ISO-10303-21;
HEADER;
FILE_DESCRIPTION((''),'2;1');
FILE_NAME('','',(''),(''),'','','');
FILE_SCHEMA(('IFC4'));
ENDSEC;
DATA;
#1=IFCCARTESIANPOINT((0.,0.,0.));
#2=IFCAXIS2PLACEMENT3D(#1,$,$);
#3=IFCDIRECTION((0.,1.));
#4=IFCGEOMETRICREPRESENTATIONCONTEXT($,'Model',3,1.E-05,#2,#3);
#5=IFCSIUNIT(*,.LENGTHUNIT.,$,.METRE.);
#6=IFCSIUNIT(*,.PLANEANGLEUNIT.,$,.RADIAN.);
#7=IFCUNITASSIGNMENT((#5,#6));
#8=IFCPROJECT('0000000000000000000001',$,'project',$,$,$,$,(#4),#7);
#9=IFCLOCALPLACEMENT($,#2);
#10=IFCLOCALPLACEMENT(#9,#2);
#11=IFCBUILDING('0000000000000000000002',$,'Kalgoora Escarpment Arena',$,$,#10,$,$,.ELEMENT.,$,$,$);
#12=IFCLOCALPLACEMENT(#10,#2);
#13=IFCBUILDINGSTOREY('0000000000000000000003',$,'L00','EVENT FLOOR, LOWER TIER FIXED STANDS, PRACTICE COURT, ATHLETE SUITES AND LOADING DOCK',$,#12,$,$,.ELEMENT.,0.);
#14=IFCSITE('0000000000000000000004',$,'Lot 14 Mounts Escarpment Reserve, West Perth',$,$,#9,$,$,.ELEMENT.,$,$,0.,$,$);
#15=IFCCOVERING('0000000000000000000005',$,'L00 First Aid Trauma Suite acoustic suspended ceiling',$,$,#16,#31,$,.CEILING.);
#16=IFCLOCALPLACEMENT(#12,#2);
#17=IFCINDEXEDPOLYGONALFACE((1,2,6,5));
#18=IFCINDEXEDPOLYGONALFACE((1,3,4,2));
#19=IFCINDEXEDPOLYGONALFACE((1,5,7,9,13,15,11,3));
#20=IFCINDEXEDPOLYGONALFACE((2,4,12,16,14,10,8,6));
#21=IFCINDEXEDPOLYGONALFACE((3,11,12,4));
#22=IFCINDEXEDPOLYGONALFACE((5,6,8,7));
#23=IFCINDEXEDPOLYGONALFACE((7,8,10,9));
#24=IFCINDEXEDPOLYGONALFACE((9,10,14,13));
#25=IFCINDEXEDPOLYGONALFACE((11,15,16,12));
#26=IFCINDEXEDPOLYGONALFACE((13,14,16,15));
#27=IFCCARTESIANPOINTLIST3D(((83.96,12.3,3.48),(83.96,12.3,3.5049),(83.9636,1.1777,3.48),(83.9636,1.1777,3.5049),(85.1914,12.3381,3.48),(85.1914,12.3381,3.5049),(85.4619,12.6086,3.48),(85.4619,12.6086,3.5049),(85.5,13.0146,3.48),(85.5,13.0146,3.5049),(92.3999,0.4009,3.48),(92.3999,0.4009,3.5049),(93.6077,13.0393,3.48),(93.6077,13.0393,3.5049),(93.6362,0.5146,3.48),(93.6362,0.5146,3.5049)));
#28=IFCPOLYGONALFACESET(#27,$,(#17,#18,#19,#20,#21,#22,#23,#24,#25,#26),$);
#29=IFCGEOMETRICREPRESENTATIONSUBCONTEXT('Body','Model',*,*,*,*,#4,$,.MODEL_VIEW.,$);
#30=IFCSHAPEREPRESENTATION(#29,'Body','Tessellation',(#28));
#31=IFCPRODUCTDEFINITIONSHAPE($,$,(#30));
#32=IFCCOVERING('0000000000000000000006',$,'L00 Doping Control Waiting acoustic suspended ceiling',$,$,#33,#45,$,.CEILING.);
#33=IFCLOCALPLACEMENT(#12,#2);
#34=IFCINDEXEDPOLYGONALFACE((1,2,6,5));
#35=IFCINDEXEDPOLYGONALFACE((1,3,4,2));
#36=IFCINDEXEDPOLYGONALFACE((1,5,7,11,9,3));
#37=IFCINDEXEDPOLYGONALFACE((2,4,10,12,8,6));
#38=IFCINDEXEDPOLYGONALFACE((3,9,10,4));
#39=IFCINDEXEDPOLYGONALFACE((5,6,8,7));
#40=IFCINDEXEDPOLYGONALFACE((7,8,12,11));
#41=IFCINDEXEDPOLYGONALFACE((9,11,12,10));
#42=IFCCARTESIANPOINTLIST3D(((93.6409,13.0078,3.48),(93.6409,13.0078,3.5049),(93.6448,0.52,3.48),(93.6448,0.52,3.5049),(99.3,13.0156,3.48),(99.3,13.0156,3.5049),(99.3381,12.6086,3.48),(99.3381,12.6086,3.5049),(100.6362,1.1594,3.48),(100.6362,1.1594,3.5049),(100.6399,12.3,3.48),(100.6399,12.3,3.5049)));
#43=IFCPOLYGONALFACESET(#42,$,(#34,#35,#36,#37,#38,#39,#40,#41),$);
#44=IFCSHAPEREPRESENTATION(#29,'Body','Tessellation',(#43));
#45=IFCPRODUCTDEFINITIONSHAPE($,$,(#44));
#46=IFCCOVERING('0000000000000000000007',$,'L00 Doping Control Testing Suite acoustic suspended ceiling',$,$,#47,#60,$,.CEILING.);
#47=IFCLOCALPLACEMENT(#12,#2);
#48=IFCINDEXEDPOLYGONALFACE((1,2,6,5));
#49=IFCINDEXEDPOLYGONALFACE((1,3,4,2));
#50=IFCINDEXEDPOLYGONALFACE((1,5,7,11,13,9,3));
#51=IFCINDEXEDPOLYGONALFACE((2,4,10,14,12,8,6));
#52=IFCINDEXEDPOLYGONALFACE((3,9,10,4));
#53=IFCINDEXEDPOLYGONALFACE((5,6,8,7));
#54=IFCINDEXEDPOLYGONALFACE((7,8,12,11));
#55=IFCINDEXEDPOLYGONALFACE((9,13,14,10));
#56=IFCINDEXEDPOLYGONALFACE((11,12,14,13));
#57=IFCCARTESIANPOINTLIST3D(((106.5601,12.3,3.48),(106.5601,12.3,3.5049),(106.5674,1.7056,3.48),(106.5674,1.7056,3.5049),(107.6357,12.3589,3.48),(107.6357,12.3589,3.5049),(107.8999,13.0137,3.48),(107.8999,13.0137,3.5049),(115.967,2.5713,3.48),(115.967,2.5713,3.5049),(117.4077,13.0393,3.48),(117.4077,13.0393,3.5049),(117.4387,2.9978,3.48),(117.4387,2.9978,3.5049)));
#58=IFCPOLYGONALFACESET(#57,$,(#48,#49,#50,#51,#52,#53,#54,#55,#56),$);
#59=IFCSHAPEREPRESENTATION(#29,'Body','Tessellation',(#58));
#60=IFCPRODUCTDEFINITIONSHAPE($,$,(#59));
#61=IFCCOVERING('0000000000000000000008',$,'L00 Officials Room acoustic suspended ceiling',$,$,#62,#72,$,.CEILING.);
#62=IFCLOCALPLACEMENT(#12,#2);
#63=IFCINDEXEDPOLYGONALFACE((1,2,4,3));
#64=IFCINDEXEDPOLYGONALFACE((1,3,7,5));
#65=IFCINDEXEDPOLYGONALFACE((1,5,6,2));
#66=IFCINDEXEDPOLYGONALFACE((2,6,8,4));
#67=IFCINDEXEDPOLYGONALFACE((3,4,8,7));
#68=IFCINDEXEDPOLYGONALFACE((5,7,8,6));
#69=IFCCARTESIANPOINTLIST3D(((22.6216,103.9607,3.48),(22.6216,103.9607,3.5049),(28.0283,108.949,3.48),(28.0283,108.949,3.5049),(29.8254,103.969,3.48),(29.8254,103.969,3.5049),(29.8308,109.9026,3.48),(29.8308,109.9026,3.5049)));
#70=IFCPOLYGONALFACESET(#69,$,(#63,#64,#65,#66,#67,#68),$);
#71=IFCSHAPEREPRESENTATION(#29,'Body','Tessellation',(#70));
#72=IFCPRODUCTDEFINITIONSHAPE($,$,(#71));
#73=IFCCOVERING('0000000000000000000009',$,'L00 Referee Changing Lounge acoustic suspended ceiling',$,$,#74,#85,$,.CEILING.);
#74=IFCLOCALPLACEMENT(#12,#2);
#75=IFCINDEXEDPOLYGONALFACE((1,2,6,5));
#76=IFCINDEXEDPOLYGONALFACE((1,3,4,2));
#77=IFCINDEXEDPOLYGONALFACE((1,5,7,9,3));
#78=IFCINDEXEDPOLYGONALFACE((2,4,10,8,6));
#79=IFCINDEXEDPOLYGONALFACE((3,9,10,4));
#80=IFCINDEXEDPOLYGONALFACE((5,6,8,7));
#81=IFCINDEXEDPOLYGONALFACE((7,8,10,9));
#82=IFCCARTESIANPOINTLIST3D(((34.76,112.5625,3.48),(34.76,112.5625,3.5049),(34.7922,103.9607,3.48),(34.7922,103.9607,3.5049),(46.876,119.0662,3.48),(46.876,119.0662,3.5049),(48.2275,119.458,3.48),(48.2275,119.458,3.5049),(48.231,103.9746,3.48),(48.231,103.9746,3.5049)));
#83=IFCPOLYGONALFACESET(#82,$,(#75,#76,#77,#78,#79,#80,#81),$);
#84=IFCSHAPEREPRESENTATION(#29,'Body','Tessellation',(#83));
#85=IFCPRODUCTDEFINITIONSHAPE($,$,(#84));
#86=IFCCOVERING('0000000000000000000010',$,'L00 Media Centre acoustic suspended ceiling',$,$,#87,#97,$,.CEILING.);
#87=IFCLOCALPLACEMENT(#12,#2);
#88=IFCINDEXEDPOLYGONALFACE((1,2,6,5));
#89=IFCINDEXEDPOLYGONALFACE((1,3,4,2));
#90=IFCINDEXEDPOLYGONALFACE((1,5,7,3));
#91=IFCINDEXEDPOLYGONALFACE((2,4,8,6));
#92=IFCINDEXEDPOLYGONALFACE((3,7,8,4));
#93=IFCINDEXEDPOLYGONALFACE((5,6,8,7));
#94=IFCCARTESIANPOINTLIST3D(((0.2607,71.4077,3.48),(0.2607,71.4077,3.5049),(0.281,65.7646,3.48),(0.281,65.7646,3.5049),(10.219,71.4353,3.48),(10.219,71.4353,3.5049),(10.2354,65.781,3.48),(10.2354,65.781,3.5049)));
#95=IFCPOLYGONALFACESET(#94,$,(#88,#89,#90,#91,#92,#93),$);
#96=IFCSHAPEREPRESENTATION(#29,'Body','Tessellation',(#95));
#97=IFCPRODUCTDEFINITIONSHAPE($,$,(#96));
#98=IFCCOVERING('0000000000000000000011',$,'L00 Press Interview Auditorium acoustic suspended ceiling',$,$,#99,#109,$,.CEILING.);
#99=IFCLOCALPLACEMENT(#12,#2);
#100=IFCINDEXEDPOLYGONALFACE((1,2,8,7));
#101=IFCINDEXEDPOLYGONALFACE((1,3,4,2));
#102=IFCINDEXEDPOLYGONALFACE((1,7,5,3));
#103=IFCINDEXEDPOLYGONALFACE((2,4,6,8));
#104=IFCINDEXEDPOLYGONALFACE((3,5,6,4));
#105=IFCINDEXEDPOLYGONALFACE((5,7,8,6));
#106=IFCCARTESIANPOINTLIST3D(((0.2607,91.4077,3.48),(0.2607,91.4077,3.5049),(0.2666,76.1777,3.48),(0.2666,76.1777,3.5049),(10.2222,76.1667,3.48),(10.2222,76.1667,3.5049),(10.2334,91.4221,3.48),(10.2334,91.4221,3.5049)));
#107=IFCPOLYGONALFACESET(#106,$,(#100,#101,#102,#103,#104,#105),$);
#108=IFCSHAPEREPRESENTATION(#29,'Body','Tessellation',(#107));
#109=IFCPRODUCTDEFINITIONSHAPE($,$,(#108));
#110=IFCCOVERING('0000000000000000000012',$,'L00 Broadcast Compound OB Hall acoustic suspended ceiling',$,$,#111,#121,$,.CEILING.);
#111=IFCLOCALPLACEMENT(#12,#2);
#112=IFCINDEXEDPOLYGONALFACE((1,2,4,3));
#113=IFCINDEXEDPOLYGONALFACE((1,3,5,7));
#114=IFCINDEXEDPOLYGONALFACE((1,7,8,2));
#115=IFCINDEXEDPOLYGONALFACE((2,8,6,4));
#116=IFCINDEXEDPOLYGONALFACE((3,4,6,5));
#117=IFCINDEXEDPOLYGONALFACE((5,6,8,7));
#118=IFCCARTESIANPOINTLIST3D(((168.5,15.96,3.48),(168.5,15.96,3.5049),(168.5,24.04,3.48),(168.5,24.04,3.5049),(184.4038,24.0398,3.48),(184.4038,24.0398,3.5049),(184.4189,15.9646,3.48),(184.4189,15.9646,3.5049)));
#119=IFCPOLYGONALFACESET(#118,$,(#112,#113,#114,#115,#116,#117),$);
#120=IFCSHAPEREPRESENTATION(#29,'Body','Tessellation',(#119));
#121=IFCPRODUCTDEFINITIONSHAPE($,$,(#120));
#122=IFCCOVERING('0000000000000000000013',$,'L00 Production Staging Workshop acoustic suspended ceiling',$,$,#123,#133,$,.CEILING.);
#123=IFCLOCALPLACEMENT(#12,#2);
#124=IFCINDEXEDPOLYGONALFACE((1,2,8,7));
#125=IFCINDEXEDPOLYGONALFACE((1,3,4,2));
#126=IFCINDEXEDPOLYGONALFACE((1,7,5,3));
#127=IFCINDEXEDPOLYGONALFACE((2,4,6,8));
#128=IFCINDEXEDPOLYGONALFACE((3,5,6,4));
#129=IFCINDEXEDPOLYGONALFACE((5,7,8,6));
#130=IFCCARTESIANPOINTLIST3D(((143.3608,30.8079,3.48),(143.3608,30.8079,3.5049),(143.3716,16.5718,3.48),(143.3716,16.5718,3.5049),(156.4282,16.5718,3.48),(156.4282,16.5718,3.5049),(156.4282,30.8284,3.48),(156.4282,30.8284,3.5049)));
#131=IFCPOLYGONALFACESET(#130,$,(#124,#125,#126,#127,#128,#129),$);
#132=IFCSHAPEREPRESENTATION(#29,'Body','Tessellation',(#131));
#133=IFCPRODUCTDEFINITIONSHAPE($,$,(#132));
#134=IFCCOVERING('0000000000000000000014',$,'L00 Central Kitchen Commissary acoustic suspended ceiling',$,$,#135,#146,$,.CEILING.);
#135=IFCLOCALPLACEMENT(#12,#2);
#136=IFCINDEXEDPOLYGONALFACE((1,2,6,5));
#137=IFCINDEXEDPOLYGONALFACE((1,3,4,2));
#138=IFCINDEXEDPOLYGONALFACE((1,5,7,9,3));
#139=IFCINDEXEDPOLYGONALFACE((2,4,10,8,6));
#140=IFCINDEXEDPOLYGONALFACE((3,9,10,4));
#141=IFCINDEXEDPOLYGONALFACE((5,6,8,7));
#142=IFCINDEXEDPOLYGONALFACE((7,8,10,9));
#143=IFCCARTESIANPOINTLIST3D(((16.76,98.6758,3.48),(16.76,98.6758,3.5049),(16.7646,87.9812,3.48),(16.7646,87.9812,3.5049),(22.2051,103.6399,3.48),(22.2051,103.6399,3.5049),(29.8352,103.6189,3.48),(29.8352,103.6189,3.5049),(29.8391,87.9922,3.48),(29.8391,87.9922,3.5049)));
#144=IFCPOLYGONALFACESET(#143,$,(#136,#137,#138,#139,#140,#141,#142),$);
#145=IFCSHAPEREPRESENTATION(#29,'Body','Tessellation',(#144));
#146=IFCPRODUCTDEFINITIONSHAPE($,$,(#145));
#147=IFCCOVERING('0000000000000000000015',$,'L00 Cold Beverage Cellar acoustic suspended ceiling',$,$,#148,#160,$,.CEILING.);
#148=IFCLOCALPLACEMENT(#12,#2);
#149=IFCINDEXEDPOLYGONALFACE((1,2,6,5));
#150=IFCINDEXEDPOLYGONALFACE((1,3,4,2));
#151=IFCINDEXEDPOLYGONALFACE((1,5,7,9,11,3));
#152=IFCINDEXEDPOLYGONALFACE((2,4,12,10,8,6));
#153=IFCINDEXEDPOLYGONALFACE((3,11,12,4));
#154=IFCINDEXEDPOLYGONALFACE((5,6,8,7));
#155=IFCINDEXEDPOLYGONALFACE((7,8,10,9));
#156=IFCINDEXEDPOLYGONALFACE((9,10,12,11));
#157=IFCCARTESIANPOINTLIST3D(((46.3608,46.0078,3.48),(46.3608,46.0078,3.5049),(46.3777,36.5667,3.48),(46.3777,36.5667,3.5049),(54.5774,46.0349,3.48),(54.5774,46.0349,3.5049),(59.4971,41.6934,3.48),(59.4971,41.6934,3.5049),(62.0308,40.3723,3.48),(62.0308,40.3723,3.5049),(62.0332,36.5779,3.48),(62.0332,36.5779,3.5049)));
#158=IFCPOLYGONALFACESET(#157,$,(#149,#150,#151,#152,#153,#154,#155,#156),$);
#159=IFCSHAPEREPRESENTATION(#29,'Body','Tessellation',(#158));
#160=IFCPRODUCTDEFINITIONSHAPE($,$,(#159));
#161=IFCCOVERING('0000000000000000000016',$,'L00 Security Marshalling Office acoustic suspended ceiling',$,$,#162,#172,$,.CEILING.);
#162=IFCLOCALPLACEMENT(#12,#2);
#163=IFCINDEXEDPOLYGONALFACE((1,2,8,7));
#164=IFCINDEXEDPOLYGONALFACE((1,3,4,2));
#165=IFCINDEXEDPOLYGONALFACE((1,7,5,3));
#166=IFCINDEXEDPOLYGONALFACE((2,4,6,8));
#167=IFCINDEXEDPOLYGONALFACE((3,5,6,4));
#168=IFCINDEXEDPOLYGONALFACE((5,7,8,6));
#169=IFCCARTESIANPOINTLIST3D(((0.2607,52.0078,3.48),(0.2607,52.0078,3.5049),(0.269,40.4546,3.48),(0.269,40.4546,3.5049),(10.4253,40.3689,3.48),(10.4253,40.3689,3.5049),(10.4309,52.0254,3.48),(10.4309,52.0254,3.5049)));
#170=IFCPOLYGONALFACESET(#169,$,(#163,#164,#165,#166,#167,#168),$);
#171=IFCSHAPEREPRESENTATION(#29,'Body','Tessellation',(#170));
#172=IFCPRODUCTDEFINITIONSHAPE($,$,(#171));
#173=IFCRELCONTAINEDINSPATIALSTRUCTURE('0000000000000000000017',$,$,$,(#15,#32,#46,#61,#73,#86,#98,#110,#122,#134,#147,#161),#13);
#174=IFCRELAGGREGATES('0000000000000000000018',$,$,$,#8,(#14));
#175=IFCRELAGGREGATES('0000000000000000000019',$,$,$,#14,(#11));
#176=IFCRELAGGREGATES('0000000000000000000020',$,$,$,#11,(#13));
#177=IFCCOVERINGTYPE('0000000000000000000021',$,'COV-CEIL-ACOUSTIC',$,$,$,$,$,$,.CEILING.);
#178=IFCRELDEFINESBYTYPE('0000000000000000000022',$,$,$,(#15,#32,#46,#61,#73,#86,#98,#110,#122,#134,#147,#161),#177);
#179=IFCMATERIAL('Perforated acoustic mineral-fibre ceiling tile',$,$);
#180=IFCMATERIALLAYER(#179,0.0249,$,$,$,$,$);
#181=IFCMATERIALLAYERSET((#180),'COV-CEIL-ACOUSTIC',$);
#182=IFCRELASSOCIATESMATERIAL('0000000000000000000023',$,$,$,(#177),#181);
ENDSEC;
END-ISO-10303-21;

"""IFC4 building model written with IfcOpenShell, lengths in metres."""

from ifc_helpers import new_model, si_unit, direction, frame, origin, place, context, subcontext, project, spatial, polyline, outline, extrude, material, layer, layer_set, type_object, element, save


model = new_model("IFC4")

# Units and contexts
model_context = context("Model", 3, precision=1e-05, world=origin(), true_north=direction((0.0, 1.0)))
body_context = subcontext(model_context, "Body", "Model", "MODEL_VIEW")
ifc_project = project(units=[si_unit("LENGTHUNIT", "METRE"), si_unit("PLANEANGLEUNIT", "RADIAN")], contexts=[model_context])

# Site, building, storey
site_placement = place(None, origin())
site = spatial("IfcSite", under=ifc_project, at=site_placement, Name="Lot 14 Mounts Escarpment Reserve, West Perth", CompositionType="ELEMENT", RefElevation=0.0)
building_placement = place(site_placement, origin())
building = spatial("IfcBuilding", under=site, at=building_placement, Name="Kalgoora Escarpment Arena", CompositionType="ELEMENT")
storey_placement = place(building_placement, origin())
storey = spatial("IfcBuildingStorey", under=building, at=storey_placement, Name="L00", Description="EVENT FLOOR, LOWER TIER FIXED STANDS, PRACTICE COURT, ATHLETE SUITES AND LOADING DOCK", CompositionType="ELEMENT", Elevation=0.0)

# Coverings
ifc_material = material(Name="Perforated acoustic mineral-fibre ceiling tile")
ifc_layer = layer(ifc_material, 0.0249)
ifc_layer_set = layer_set([ifc_layer], Name="COV-CEIL-ACOUSTIC")
covering_type = type_object("IfcCoveringType", Name="COV-CEIL-ACOUSTIC", PredefinedType="CEILING", material=ifc_layer_set)
covering_1_placement = place(storey_placement, frame((0.0, 0.0, 3.48)))
element("IfcCovering", 1, at=covering_1_placement, inside=storey, type_object=covering_type, Name="L00 First Aid Trauma Suite acoustic suspended ceiling", PredefinedType="CEILING", context=body_context, shape_type="SweptSolid", body=[
    extrude(outline(polyline([(93.6077, 13.0393), (93.6362, 0.5146), (92.3999, 0.4009), (83.9636, 1.1777), (83.96, 12.3), (85.1914, 12.3381), (85.4619, 12.6086), (85.5, 13.0146), (93.6077, 13.0393)])), origin(), (0.0, 0.0, 1.0), 0.0249),
])
covering_2_placement = place(storey_placement, frame((0.0, 0.0, 3.48)))
element("IfcCovering", 2, at=covering_2_placement, inside=storey, type_object=covering_type, Name="L00 Doping Control Waiting acoustic suspended ceiling", PredefinedType="CEILING", context=body_context, shape_type="SweptSolid", body=[
    extrude(outline(polyline([(93.6409, 13.0078), (99.3, 13.0156), (99.3381, 12.6086), (100.6399, 12.3), (100.6362, 1.1594), (93.6448, 0.52), (93.6409, 13.0078)])), origin(), (0.0, 0.0, 1.0), 0.0249),
])
covering_3_placement = place(storey_placement, frame((0.0, 0.0, 3.48)))
element("IfcCovering", 3, at=covering_3_placement, inside=storey, type_object=covering_type, Name="L00 Doping Control Testing Suite acoustic suspended ceiling", PredefinedType="CEILING", context=body_context, shape_type="SweptSolid", body=[
    extrude(outline(polyline([(117.4077, 13.0393), (117.4387, 2.9978), (115.967, 2.5713), (106.5674, 1.7056), (106.5601, 12.3), (107.6357, 12.3589), (107.8999, 13.0137), (117.4077, 13.0393)])), origin(), (0.0, 0.0, 1.0), 0.0249),
])
covering_4_placement = place(storey_placement, frame((0.0, 0.0, 3.48)))
element("IfcCovering", 4, at=covering_4_placement, inside=storey, type_object=covering_type, Name="L00 Officials Room acoustic suspended ceiling", PredefinedType="CEILING", context=body_context, shape_type="SweptSolid", body=[
    extrude(outline(polyline([(22.6216, 103.9607), (28.0283, 108.949), (29.8308, 109.9026), (29.8254, 103.969), (22.6216, 103.9607)])), origin(), (0.0, 0.0, 1.0), 0.0249),
])
covering_5_placement = place(storey_placement, frame((0.0, 0.0, 3.48)))
element("IfcCovering", 5, at=covering_5_placement, inside=storey, type_object=covering_type, Name="L00 Referee Changing Lounge acoustic suspended ceiling", PredefinedType="CEILING", context=body_context, shape_type="SweptSolid", body=[
    extrude(outline(polyline([(34.7922, 103.9607), (34.76, 112.5625), (46.876, 119.0662), (48.2275, 119.458), (48.231, 103.9746), (34.7922, 103.9607)])), origin(), (0.0, 0.0, 1.0), 0.0249),
])
covering_6_placement = place(storey_placement, frame((0.0, 0.0, 3.48)))
element("IfcCovering", 6, at=covering_6_placement, inside=storey, type_object=covering_type, Name="L00 Media Centre acoustic suspended ceiling", PredefinedType="CEILING", context=body_context, shape_type="SweptSolid", body=[
    extrude(outline(polyline([(0.2607, 71.4077), (10.219, 71.4353), (10.2354, 65.781), (0.281, 65.7646), (0.2607, 71.4077)])), origin(), (0.0, 0.0, 1.0), 0.0249),
])
covering_7_placement = place(storey_placement, frame((0.0, 0.0, 3.48)))
element("IfcCovering", 7, at=covering_7_placement, inside=storey, type_object=covering_type, Name="L00 Press Interview Auditorium acoustic suspended ceiling", PredefinedType="CEILING", context=body_context, shape_type="SweptSolid", body=[
    extrude(outline(polyline([(0.2607, 91.4077), (10.2334, 91.4221), (10.2222, 76.1667), (0.2666, 76.1777), (0.2607, 91.4077)])), origin(), (0.0, 0.0, 1.0), 0.0249),
])
covering_8_placement = place(storey_placement, frame((0.0, 0.0, 3.48)))
element("IfcCovering", 8, at=covering_8_placement, inside=storey, type_object=covering_type, Name="L00 Broadcast Compound OB Hall acoustic suspended ceiling", PredefinedType="CEILING", context=body_context, shape_type="SweptSolid", body=[
    extrude(outline(polyline([(184.4038, 24.0398), (184.4189, 15.9646), (168.5, 15.96), (168.5, 24.04), (184.4038, 24.0398)])), origin(), (0.0, 0.0, 1.0), 0.0249),
])
covering_9_placement = place(storey_placement, frame((0.0, 0.0, 3.48)))
element("IfcCovering", 9, at=covering_9_placement, inside=storey, type_object=covering_type, Name="L00 Production Staging Workshop acoustic suspended ceiling", PredefinedType="CEILING", context=body_context, shape_type="SweptSolid", body=[
    extrude(outline(polyline([(143.3608, 30.8079), (156.4282, 30.8284), (156.4282, 16.5718), (143.3716, 16.5718), (143.3608, 30.8079)])), origin(), (0.0, 0.0, 1.0), 0.0249),
])
covering_10_placement = place(storey_placement, frame((0.0, 0.0, 3.48)))
element("IfcCovering", 10, at=covering_10_placement, inside=storey, type_object=covering_type, Name="L00 Central Kitchen Commissary acoustic suspended ceiling", PredefinedType="CEILING", context=body_context, shape_type="SweptSolid", body=[
    extrude(outline(polyline([(29.8391, 87.9922), (16.7646, 87.9812), (16.76, 98.6758), (22.2051, 103.6399), (29.8352, 103.6189), (29.8391, 87.9922)])), origin(), (0.0, 0.0, 1.0), 0.0249),
])
covering_11_placement = place(storey_placement, frame((0.0, 0.0, 3.48)))
element("IfcCovering", 11, at=covering_11_placement, inside=storey, type_object=covering_type, Name="L00 Cold Beverage Cellar acoustic suspended ceiling", PredefinedType="CEILING", context=body_context, shape_type="SweptSolid", body=[
    extrude(outline(polyline([(46.3608, 46.0078), (54.5774, 46.0349), (59.4971, 41.6934), (62.0308, 40.3723), (62.0332, 36.5779), (46.3777, 36.5667), (46.3608, 46.0078)])), origin(), (0.0, 0.0, 1.0), 0.0249),
])
covering_12_placement = place(storey_placement, frame((0.0, 0.0, 3.48)))
element("IfcCovering", 12, at=covering_12_placement, inside=storey, type_object=covering_type, Name="L00 Security Marshalling Office acoustic suspended ceiling", PredefinedType="CEILING", context=body_context, shape_type="SweptSolid", body=[
    extrude(outline(polyline([(0.2607, 52.0078), (10.4309, 52.0254), (10.4253, 40.3689), (0.269, 40.4546), (0.2607, 52.0078)])), origin(), (0.0, 0.0, 1.0), 0.0249),
])

save(model, "model.ifc")
